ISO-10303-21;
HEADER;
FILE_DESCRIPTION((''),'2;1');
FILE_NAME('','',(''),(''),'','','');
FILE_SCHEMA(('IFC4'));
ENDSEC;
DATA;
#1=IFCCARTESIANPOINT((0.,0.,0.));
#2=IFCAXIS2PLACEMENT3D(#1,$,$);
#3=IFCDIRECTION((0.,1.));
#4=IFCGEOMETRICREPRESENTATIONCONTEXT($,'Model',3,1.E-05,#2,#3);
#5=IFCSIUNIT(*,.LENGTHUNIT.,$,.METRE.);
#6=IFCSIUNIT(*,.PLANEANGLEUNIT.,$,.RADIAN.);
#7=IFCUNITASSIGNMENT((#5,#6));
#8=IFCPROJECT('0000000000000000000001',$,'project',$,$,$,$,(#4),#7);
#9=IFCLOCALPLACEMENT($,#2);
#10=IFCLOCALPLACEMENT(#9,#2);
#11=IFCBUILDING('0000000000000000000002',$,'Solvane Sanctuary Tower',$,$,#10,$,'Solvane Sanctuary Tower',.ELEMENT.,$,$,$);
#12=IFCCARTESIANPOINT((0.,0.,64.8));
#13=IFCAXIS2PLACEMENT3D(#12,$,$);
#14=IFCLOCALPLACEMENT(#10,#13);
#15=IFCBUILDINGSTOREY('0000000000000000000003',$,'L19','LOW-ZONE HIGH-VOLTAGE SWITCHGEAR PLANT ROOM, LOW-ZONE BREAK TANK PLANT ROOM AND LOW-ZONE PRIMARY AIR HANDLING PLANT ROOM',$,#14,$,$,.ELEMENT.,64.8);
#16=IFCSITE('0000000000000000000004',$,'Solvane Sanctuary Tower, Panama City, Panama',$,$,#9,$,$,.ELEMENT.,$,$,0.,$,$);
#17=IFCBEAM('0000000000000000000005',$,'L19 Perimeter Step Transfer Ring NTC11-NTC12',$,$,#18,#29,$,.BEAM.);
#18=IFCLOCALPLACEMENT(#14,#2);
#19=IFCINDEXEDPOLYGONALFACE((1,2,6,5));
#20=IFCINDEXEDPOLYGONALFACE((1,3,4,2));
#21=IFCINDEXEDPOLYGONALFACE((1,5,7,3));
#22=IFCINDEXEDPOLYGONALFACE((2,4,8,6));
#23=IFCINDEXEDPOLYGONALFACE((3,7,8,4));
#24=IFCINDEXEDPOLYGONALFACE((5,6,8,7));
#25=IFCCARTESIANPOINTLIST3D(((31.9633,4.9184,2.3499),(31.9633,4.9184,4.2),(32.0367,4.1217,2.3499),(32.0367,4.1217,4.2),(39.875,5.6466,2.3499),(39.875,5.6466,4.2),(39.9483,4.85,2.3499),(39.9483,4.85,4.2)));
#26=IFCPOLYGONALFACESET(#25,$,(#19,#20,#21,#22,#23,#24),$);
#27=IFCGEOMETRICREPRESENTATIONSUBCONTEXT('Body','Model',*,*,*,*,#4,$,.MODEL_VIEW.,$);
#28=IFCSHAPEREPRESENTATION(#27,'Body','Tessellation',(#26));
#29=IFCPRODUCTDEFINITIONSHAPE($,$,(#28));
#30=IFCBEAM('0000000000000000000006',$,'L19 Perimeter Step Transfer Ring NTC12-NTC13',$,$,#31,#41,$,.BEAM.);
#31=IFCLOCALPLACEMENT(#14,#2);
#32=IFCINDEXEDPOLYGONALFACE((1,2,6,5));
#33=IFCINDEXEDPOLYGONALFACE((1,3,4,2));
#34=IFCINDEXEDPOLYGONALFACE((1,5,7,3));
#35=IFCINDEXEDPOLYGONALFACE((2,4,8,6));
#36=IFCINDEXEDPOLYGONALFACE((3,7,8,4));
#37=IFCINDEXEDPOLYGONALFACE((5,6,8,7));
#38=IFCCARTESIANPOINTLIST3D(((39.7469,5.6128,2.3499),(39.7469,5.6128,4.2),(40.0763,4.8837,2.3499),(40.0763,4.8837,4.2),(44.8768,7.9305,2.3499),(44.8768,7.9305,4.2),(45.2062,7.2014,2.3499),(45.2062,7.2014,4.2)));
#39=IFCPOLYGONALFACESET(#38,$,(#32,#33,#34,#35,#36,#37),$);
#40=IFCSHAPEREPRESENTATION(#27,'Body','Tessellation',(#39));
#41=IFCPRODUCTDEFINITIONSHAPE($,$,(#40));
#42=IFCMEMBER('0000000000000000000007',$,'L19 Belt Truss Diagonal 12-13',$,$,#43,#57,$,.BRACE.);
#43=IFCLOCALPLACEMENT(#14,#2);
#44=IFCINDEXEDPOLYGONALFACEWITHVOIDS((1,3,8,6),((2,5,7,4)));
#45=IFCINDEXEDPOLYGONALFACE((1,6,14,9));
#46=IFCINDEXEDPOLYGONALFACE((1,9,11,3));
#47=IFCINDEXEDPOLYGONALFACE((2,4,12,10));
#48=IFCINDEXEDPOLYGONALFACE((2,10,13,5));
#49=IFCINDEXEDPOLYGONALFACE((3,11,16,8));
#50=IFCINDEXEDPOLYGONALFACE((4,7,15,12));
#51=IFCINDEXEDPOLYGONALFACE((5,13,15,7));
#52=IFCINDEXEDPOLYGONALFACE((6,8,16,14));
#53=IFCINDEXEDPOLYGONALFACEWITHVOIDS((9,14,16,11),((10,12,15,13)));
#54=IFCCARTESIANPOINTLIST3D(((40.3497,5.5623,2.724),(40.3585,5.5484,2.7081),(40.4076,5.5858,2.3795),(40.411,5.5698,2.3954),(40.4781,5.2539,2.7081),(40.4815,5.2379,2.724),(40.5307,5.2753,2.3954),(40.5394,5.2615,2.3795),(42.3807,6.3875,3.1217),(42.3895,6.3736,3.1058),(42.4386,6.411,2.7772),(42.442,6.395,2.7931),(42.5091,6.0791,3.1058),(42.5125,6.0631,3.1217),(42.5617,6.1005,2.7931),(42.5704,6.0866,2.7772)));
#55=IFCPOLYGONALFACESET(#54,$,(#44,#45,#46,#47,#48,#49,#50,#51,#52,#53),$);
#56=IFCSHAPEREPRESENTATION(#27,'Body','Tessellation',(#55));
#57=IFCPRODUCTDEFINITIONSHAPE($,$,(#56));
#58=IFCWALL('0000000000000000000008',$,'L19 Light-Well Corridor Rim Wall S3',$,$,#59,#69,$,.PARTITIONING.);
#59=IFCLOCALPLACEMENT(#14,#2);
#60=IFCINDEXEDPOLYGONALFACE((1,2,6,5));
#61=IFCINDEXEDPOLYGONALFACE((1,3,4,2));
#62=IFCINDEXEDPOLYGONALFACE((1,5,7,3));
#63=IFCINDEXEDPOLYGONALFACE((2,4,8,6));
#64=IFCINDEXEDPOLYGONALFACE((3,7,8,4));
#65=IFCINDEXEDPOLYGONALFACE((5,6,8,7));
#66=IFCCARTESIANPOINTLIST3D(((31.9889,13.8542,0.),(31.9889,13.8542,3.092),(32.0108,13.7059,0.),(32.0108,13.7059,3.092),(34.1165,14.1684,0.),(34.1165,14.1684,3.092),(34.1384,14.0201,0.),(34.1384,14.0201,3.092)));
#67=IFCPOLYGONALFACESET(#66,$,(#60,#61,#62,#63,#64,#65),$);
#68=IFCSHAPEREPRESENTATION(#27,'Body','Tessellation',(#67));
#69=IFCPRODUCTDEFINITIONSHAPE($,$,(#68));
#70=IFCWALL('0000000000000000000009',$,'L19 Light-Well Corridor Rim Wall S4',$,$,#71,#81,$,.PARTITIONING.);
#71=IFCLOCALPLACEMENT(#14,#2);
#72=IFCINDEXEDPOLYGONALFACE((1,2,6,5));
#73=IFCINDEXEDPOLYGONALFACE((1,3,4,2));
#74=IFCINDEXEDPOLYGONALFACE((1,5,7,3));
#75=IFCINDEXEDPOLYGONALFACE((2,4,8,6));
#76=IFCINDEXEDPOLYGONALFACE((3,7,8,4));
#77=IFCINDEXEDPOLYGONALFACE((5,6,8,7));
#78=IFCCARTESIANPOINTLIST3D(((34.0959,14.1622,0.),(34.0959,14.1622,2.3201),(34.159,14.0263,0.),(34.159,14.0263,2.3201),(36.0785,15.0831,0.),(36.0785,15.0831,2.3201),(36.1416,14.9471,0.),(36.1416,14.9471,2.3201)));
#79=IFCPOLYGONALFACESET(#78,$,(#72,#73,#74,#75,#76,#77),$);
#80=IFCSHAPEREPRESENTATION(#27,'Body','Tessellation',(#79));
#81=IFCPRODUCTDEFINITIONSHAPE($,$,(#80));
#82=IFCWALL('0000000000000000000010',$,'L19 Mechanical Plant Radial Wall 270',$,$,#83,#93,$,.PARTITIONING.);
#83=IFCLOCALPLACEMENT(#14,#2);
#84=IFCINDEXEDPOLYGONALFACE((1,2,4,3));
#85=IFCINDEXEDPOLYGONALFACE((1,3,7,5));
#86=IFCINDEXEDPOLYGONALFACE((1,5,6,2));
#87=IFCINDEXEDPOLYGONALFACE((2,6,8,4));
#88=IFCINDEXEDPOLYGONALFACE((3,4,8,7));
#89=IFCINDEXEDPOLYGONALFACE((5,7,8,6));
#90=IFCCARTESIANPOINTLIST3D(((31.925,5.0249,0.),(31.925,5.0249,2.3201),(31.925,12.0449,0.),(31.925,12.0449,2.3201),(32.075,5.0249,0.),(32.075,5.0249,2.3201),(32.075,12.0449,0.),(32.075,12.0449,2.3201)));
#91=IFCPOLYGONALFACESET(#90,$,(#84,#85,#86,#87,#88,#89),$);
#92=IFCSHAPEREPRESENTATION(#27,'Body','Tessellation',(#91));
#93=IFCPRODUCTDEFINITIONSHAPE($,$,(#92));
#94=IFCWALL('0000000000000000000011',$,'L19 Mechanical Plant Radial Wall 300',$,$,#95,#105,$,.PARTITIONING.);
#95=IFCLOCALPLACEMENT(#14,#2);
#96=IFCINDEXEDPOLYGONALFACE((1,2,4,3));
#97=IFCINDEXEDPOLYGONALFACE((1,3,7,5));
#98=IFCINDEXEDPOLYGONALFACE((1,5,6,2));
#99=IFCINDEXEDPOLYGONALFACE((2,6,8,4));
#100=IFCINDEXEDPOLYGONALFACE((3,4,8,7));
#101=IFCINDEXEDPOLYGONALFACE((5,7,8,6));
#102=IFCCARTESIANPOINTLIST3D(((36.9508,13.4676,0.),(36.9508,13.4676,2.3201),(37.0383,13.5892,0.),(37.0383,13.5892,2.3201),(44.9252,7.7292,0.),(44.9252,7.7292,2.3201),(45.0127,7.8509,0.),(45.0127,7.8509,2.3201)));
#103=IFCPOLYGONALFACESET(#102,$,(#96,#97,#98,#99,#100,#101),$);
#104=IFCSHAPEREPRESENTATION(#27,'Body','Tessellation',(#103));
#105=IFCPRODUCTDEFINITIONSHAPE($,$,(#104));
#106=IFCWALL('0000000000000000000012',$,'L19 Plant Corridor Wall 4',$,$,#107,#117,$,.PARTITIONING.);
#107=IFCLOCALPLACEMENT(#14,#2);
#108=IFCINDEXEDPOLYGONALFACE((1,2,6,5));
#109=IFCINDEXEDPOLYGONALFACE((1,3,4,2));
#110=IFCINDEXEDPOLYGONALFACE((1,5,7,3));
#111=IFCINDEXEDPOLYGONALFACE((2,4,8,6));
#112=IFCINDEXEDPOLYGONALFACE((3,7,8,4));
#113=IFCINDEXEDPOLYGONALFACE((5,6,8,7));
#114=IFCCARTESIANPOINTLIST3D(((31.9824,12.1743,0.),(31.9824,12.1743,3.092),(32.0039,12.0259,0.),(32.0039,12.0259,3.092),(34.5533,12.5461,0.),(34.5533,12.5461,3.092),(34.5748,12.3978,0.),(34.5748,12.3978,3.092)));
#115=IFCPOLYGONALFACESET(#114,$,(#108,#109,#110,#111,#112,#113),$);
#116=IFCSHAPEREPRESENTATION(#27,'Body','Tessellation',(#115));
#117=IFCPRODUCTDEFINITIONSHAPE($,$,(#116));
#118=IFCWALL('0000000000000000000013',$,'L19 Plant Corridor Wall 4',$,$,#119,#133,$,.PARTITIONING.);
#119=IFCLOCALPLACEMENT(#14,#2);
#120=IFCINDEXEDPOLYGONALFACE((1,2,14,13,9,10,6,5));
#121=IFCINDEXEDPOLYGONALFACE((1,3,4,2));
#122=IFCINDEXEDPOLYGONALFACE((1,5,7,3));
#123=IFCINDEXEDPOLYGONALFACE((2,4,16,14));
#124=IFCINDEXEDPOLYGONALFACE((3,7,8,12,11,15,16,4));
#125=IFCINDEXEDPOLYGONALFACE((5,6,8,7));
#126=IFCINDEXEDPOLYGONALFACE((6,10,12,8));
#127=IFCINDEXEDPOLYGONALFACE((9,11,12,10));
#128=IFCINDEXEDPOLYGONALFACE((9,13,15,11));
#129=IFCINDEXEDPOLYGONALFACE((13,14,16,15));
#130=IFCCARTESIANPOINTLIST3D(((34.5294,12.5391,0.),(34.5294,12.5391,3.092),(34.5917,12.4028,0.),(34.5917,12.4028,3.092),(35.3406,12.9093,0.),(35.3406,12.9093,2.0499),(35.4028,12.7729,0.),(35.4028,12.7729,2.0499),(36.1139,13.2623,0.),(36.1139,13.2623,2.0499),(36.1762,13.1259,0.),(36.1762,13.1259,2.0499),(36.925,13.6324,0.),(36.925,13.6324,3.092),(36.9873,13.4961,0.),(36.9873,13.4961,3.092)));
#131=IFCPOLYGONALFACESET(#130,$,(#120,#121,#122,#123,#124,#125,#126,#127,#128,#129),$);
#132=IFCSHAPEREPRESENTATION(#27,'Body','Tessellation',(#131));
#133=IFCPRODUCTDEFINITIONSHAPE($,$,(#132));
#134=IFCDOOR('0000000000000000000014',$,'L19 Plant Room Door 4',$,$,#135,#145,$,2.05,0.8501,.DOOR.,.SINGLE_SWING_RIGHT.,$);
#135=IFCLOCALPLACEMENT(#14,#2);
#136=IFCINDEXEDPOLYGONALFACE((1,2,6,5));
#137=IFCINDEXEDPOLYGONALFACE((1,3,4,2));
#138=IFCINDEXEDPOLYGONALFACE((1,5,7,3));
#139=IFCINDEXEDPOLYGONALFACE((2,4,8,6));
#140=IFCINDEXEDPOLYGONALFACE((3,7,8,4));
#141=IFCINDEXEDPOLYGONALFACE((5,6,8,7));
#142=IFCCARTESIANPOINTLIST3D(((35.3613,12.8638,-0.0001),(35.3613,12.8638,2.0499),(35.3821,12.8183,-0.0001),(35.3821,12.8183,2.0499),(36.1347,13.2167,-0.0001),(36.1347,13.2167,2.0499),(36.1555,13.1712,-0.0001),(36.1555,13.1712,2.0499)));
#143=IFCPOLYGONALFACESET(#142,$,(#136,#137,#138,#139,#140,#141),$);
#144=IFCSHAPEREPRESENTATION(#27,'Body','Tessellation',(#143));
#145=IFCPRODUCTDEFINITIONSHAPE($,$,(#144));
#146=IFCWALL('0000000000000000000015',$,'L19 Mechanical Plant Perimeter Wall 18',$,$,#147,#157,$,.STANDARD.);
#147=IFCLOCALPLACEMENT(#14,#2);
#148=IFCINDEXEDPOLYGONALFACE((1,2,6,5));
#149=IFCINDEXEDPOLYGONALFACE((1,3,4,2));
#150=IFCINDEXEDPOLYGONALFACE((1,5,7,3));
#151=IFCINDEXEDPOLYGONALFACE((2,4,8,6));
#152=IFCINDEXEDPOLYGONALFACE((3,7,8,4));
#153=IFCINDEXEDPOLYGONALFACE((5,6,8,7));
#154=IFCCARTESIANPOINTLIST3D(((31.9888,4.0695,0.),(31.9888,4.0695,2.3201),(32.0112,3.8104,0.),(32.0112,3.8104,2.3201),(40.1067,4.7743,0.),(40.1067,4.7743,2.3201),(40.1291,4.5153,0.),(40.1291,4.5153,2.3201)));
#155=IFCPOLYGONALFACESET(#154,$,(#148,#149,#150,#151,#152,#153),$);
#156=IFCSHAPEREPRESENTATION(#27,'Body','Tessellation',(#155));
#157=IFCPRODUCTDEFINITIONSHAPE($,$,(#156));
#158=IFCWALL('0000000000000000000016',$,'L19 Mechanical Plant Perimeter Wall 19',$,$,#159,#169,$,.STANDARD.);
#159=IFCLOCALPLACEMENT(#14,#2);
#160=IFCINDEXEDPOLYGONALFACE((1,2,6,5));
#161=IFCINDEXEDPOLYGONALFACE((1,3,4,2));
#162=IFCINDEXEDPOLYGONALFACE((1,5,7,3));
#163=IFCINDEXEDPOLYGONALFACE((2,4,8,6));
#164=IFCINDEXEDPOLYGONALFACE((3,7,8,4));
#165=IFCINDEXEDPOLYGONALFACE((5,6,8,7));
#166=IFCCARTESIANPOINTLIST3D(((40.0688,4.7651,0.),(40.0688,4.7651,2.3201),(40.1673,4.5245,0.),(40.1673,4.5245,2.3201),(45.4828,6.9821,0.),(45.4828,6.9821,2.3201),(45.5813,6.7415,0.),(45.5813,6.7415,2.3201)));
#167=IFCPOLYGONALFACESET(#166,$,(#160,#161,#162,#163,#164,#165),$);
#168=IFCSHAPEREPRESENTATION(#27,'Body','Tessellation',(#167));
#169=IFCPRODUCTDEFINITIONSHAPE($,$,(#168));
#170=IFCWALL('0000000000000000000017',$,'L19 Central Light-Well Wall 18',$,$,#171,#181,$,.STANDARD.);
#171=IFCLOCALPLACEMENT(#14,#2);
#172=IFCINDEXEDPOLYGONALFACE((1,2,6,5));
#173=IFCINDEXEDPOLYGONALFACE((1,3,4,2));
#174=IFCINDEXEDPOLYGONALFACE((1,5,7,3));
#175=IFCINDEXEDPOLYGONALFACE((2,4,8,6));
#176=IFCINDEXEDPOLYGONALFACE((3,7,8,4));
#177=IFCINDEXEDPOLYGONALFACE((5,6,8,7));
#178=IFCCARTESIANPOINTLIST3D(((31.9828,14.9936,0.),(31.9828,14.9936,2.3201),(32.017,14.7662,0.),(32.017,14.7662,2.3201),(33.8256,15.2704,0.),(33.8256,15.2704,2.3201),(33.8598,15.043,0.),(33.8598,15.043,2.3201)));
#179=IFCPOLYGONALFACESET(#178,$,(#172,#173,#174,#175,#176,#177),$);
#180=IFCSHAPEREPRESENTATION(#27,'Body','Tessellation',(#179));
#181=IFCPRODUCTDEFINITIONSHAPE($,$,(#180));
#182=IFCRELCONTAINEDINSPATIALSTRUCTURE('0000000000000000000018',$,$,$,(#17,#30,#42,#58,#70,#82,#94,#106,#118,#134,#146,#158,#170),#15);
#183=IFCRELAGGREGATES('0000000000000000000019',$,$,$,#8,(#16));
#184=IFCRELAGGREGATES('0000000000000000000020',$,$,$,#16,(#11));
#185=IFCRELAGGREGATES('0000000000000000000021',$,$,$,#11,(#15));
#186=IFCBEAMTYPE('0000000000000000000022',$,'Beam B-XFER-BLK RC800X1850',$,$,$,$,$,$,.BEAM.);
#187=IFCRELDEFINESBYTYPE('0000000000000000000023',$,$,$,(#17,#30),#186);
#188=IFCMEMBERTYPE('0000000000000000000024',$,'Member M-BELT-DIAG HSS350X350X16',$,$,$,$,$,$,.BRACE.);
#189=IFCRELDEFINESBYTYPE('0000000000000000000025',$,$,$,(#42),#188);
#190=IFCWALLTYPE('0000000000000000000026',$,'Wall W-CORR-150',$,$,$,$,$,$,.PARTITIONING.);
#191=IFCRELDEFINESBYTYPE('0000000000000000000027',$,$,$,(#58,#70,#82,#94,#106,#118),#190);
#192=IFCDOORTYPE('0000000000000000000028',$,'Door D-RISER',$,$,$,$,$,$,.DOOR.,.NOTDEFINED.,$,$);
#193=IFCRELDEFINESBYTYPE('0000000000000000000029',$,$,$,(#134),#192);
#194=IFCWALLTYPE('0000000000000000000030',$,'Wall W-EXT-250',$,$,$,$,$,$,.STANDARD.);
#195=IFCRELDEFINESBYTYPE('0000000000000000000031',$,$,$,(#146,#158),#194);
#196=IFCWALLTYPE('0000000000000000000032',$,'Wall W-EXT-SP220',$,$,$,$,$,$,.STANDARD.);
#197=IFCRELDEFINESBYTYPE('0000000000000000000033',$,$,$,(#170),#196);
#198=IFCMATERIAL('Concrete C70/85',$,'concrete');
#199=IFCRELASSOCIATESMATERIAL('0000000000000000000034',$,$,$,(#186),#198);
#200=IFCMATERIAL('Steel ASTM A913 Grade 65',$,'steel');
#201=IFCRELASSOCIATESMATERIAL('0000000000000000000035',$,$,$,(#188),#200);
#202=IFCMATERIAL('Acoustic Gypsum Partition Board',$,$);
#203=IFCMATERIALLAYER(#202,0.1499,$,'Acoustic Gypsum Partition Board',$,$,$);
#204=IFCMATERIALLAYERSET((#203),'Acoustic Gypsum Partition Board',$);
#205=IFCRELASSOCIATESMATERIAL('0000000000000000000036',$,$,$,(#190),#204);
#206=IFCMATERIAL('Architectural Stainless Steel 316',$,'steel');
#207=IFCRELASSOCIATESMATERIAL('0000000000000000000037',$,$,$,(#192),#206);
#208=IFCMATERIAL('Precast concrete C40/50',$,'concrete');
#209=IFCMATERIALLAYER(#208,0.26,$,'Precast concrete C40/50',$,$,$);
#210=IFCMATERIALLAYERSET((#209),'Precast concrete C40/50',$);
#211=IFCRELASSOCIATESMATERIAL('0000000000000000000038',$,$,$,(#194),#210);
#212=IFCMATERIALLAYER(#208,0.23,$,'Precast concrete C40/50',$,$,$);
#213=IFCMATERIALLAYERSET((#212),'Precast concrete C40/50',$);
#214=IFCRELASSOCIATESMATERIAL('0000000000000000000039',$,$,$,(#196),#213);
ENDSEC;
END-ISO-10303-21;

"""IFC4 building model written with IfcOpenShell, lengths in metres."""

from ifc_helpers import new_model, si_unit, direction, frame, frame_2d, origin, origin_2d, place, context, subcontext, project, spatial, rectangle, hollow_rectangle, extrude, material, layer, layer_set, material_profile, profile_set, type_object, element, fill, save


model = new_model("IFC4")

# Units and contexts
model_context = context("Model", 3, precision=1e-05, world=origin(), true_north=direction((0.0, 1.0)))
body_context = subcontext(model_context, "Body", "Model", "MODEL_VIEW")
ifc_project = project(units=[si_unit("LENGTHUNIT", "METRE"), si_unit("PLANEANGLEUNIT", "RADIAN")], contexts=[model_context])

# Site, building, storey
site_placement = place(None, origin())
site = spatial("IfcSite", under=ifc_project, at=site_placement, Name="Solvane Sanctuary Tower, Panama City, Panama", CompositionType="ELEMENT", RefElevation=0.0)
building_placement = place(site_placement, origin())
building = spatial("IfcBuilding", under=site, at=building_placement, Name="Solvane Sanctuary Tower", LongName="Solvane Sanctuary Tower", CompositionType="ELEMENT")
storey_placement = place(building_placement, frame((0.0, 0.0, 64.8)))
storey = spatial("IfcBuildingStorey", under=building, at=storey_placement, Name="L19", Description="LOW-ZONE HIGH-VOLTAGE SWITCHGEAR PLANT ROOM, LOW-ZONE BREAK TANK PLANT ROOM AND LOW-ZONE PRIMARY AIR HANDLING PLANT ROOM", CompositionType="ELEMENT", Elevation=64.8)

# Beams
ifc_material_1 = material(Name="Steel ASTM A913 Grade 65", Category="steel")
ifc_material_2 = material(Name="Concrete C70/85", Category="concrete")
ifc_material_profile_1 = material_profile(ifc_material_2, rectangle(XDim=0.8, YDim=1.8501, at=origin_2d()), Name="RC800X1850")
ifc_profile_set_1 = profile_set([ifc_material_profile_1], Name="Concrete C70/85")
beam_type_1 = type_object("IfcBeamType", Name="Beam B-XFER-BLK RC800X1850", PredefinedType="BEAM", material=ifc_profile_set_1)
beam_1_placement = place(storey_placement, frame((32.0, 4.52, 3.2749), z_axis=(0.99579, 0.091663, 0.0), x_axis=(-0.091663, 0.99579, 0.0)))
element("IfcBeam", 1, at=beam_1_placement, inside=storey, type_object=beam_type_1, Name="L19 Perimeter Step Transfer Ring NTC11-NTC12", PredefinedType="BEAM", context=body_context, shape_type="SweptSolid", body=[
    extrude(rectangle(XDim=0.8, YDim=1.8501, at=origin_2d()), origin(), (0.0, 0.0, 1.0), 7.9451),
])
beam_2_placement = place(storey_placement, frame((39.9116, 5.2483, 3.2749), z_axis=(0.91131, 0.41172, 0.0), x_axis=(-0.41172, 0.91131, 0.0)))
element("IfcBeam", 2, at=beam_2_placement, inside=storey, type_object=beam_type_1, Name="L19 Perimeter Step Transfer Ring NTC12-NTC13", PredefinedType="BEAM", context=body_context, shape_type="SweptSolid", body=[
    extrude(rectangle(XDim=0.8, YDim=1.8501, at=origin_2d()), origin(), (0.0, 0.0, 1.0), 5.6292),
])

# Member
ifc_material_profile_2 = material_profile(ifc_material_1, hollow_rectangle(XDim=0.3501, YDim=0.3501, WallThickness=0.0161, at=origin_2d()), Name="HSS350X350X16")
ifc_profile_set_2 = profile_set([ifc_material_profile_2], Name="Steel ASTM A913 Grade 65")
member_type = type_object("IfcMemberType", Name="Member M-BELT-DIAG HSS350X350X16", PredefinedType="BRACE", material=ifc_profile_set_2)
member_placement = place(storey_placement, frame((40.4446, 5.4119, 2.5518), z_axis=(0.911572, 0.370371, 0.178501), x_axis=(-0.376416, 0.926451, 0.0)))
element("IfcMember", 3, at=member_placement, inside=storey, type_object=member_type, Name="L19 Belt Truss Diagonal 12-13", PredefinedType="BRACE", context=body_context, shape_type="SweptSolid", body=[
    extrude(hollow_rectangle(XDim=0.3501, YDim=0.3501, WallThickness=0.0161, at=origin_2d()), origin(), (0.0, 0.0, 1.0), 2.228),
])

# Walls
ifc_material_3 = material(Name="Acoustic Gypsum Partition Board")
ifc_layer_1 = layer(ifc_material_3, 0.1499, Name="Acoustic Gypsum Partition Board")
ifc_layer_set_1 = layer_set([ifc_layer_1], Name="Acoustic Gypsum Partition Board")
wall_type_1 = type_object("IfcWallType", Name="Wall W-CORR-150", PredefinedType="PARTITIONING", material=ifc_layer_set_1)
wall_1_placement = place(storey_placement, frame((32.0, 13.78, 0.0), z_axis=(0.0, 0.0, 1.0), x_axis=(0.989269, 0.146108, 0.0)))
element("IfcWall", 4, at=wall_1_placement, inside=storey, type_object=wall_type_1, Name="L19 Light-Well Corridor Rim Wall S3", PredefinedType="PARTITIONING", context=body_context, shape_type="SweptSolid", body=[
    extrude(rectangle(XDim=2.1506, YDim=0.1499, at=frame_2d((1.0752, 0.0))), origin(), (0.0, 0.0, 1.0), 3.092),
])
wall_2_placement = place(storey_placement, frame((34.1274, 14.0942, 0.0), z_axis=(0.0, 0.0, 1.0), x_axis=(0.906943, 0.421252, 0.0)))
element("IfcWall", 5, at=wall_2_placement, inside=storey, type_object=wall_type_1, Name="L19 Light-Well Corridor Rim Wall S4", PredefinedType="PARTITIONING", context=body_context, shape_type="SweptSolid", body=[
    extrude(rectangle(XDim=2.186, YDim=0.1499, at=frame_2d((1.093, 0.0))), origin(), (0.0, 0.0, 1.0), 2.3201),
])
wall_3_placement = place(storey_placement, frame((32.0, 12.0449, 0.0), z_axis=(0.0, 0.0, 1.0), x_axis=(0.0, -1.0, 0.0)))
element("IfcWall", 6, at=wall_3_placement, inside=storey, type_object=wall_type_1, Name="L19 Mechanical Plant Radial Wall 270", PredefinedType="PARTITIONING", context=body_context, shape_type="SweptSolid", body=[
    extrude(rectangle(XDim=7.02, YDim=0.1499, at=frame_2d((3.51, 0.0))), origin(), (0.0, 0.0, 1.0), 2.3201),
])
wall_4_placement = place(storey_placement, frame((36.9946, 13.5283, 0.0), z_axis=(0.0, 0.0, 1.0), x_axis=(0.811692, -0.584086, 0.0)))
element("IfcWall", 7, at=wall_4_placement, inside=storey, type_object=wall_type_1, Name="L19 Mechanical Plant Radial Wall 300", PredefinedType="PARTITIONING", context=body_context, shape_type="SweptSolid", body=[
    extrude(rectangle(XDim=9.8245, YDim=0.1499, at=frame_2d((4.9121, 0.0))), origin(), (0.0, 0.0, 1.0), 2.3201),
])
wall_5_placement = place(storey_placement, frame((31.9932, 12.1001, 0.0), z_axis=(0.0, 0.0, 1.0), x_axis=(0.989702, 0.143145, 0.0)))
element("IfcWall", 8, at=wall_5_placement, inside=storey, type_object=wall_type_1, Name="L19 Plant Corridor Wall 4", PredefinedType="PARTITIONING", context=body_context, shape_type="SweptSolid", body=[
    extrude(rectangle(XDim=2.5977, YDim=0.1499, at=frame_2d((1.2988, 0.0))), origin(), (0.0, 0.0, 1.0), 3.092),
])

# Wall, opening, door
wall_6_placement = place(storey_placement, frame((34.5605, 12.4709, 0.0), z_axis=(0.0, 0.0, 1.0), x_axis=(0.909737, 0.415186, 0.0)))
wall_6 = element("IfcWall", 9, at=wall_6_placement, inside=storey, type_object=wall_type_1, Name="L19 Plant Corridor Wall 4", PredefinedType="PARTITIONING", context=body_context, shape_type="SweptSolid", body=[
    extrude(rectangle(XDim=2.6333, YDim=0.1499, at=frame_2d((1.3167, 0.0))), origin(), (0.0, 0.0, 1.0), 3.092),
])
opening_placement = place(wall_6_placement, frame((0.8916, 0.0, 0.0)))
opening = element("IfcOpeningElement", 10, at=opening_placement, cuts=wall_6, PredefinedType="OPENING", context=body_context, shape_type="SweptSolid", body=[
    extrude(rectangle(XDim=0.8501, YDim=2.05, at=frame_2d((0.425, 1.0249))), frame((0.0, 0.085, 0.0), z_axis=(0.0, -1.0, 0.0), x_axis=(1.0, 0.0, 0.0)), (0.0, 0.0, 1.0), 0.1699),
])
ifc_material_4 = material(Name="Architectural Stainless Steel 316", Category="steel")
door_type = type_object("IfcDoorType", Name="Door D-RISER", OperationType="NOTDEFINED", PredefinedType="DOOR", material=ifc_material_4)
door_placement = place(opening_placement, origin())
door = element("IfcDoor", 11, at=door_placement, inside=storey, type_object=door_type, Name="L19 Plant Room Door 4", OperationType="SINGLE_SWING_RIGHT", OverallHeight=2.05, OverallWidth=0.8501, PredefinedType="DOOR", context=body_context, shape_type="SweptSolid", body=[
    extrude(rectangle(XDim=0.8501, YDim=2.05, at=frame_2d((0.425, 1.0249))), frame((0.0, 0.0249, 0.0), z_axis=(0.0, -1.0, 0.0), x_axis=(1.0, 0.0, 0.0)), (0.0, 0.0, 1.0), 0.05),
])
fill(opening, door)

# Walls
ifc_material_5 = material(Name="Precast concrete C40/50", Category="concrete")
ifc_layer_2 = layer(ifc_material_5, 0.26, Name="Precast concrete C40/50")
ifc_layer_set_2 = layer_set([ifc_layer_2], Name="Precast concrete C40/50")
wall_type_2 = type_object("IfcWallType", Name="Wall W-EXT-250", PredefinedType="STANDARD", material=ifc_layer_set_2)
wall_7_placement = place(storey_placement, frame((32.0, 3.9399, 0.0), z_axis=(0.0, 0.0, 1.0), x_axis=(0.996252, 0.086499, 0.0)))
element("IfcWall", 12, at=wall_7_placement, inside=storey, type_object=wall_type_2, Name="L19 Mechanical Plant Perimeter Wall 18", PredefinedType="STANDARD", context=body_context, shape_type="SweptSolid", body=[
    extrude(rectangle(XDim=8.1484, YDim=0.26, at=frame_2d((4.0742, 0.0))), origin(), (0.0, 0.0, 1.0), 2.3201),
])
wall_8_placement = place(storey_placement, frame((40.1179, 4.6448, 0.0), z_axis=(0.0, 0.0, 1.0), x_axis=(0.925415, 0.378955, 0.0)))
element("IfcWall", 13, at=wall_8_placement, inside=storey, type_object=wall_type_2, Name="L19 Mechanical Plant Perimeter Wall 19", PredefinedType="STANDARD", context=body_context, shape_type="SweptSolid", body=[
    extrude(rectangle(XDim=5.8503, YDim=0.26, at=frame_2d((2.9253, 0.0))), origin(), (0.0, 0.0, 1.0), 2.3201),
])
ifc_layer_3 = layer(ifc_material_5, 0.23, Name="Precast concrete C40/50")
ifc_layer_set_3 = layer_set([ifc_layer_3], Name="Precast concrete C40/50")
wall_type_3 = type_object("IfcWallType", Name="Wall W-EXT-SP220", PredefinedType="STANDARD", material=ifc_layer_set_3)
wall_9_placement = place(storey_placement, frame((32.0, 14.8799, 0.0), z_axis=(0.0, 0.0, 1.0), x_axis=(0.988902, 0.148571, 0.0)))
element("IfcWall", 14, at=wall_9_placement, inside=storey, type_object=wall_type_3, Name="L19 Central Light-Well Wall 18", PredefinedType="STANDARD", context=body_context, shape_type="SweptSolid", body=[
    extrude(rectangle(XDim=1.8635, YDim=0.23, at=frame_2d((0.9316, 0.0))), origin(), (0.0, 0.0, 1.0), 2.3201),
])

save(model, "model.ifc")
